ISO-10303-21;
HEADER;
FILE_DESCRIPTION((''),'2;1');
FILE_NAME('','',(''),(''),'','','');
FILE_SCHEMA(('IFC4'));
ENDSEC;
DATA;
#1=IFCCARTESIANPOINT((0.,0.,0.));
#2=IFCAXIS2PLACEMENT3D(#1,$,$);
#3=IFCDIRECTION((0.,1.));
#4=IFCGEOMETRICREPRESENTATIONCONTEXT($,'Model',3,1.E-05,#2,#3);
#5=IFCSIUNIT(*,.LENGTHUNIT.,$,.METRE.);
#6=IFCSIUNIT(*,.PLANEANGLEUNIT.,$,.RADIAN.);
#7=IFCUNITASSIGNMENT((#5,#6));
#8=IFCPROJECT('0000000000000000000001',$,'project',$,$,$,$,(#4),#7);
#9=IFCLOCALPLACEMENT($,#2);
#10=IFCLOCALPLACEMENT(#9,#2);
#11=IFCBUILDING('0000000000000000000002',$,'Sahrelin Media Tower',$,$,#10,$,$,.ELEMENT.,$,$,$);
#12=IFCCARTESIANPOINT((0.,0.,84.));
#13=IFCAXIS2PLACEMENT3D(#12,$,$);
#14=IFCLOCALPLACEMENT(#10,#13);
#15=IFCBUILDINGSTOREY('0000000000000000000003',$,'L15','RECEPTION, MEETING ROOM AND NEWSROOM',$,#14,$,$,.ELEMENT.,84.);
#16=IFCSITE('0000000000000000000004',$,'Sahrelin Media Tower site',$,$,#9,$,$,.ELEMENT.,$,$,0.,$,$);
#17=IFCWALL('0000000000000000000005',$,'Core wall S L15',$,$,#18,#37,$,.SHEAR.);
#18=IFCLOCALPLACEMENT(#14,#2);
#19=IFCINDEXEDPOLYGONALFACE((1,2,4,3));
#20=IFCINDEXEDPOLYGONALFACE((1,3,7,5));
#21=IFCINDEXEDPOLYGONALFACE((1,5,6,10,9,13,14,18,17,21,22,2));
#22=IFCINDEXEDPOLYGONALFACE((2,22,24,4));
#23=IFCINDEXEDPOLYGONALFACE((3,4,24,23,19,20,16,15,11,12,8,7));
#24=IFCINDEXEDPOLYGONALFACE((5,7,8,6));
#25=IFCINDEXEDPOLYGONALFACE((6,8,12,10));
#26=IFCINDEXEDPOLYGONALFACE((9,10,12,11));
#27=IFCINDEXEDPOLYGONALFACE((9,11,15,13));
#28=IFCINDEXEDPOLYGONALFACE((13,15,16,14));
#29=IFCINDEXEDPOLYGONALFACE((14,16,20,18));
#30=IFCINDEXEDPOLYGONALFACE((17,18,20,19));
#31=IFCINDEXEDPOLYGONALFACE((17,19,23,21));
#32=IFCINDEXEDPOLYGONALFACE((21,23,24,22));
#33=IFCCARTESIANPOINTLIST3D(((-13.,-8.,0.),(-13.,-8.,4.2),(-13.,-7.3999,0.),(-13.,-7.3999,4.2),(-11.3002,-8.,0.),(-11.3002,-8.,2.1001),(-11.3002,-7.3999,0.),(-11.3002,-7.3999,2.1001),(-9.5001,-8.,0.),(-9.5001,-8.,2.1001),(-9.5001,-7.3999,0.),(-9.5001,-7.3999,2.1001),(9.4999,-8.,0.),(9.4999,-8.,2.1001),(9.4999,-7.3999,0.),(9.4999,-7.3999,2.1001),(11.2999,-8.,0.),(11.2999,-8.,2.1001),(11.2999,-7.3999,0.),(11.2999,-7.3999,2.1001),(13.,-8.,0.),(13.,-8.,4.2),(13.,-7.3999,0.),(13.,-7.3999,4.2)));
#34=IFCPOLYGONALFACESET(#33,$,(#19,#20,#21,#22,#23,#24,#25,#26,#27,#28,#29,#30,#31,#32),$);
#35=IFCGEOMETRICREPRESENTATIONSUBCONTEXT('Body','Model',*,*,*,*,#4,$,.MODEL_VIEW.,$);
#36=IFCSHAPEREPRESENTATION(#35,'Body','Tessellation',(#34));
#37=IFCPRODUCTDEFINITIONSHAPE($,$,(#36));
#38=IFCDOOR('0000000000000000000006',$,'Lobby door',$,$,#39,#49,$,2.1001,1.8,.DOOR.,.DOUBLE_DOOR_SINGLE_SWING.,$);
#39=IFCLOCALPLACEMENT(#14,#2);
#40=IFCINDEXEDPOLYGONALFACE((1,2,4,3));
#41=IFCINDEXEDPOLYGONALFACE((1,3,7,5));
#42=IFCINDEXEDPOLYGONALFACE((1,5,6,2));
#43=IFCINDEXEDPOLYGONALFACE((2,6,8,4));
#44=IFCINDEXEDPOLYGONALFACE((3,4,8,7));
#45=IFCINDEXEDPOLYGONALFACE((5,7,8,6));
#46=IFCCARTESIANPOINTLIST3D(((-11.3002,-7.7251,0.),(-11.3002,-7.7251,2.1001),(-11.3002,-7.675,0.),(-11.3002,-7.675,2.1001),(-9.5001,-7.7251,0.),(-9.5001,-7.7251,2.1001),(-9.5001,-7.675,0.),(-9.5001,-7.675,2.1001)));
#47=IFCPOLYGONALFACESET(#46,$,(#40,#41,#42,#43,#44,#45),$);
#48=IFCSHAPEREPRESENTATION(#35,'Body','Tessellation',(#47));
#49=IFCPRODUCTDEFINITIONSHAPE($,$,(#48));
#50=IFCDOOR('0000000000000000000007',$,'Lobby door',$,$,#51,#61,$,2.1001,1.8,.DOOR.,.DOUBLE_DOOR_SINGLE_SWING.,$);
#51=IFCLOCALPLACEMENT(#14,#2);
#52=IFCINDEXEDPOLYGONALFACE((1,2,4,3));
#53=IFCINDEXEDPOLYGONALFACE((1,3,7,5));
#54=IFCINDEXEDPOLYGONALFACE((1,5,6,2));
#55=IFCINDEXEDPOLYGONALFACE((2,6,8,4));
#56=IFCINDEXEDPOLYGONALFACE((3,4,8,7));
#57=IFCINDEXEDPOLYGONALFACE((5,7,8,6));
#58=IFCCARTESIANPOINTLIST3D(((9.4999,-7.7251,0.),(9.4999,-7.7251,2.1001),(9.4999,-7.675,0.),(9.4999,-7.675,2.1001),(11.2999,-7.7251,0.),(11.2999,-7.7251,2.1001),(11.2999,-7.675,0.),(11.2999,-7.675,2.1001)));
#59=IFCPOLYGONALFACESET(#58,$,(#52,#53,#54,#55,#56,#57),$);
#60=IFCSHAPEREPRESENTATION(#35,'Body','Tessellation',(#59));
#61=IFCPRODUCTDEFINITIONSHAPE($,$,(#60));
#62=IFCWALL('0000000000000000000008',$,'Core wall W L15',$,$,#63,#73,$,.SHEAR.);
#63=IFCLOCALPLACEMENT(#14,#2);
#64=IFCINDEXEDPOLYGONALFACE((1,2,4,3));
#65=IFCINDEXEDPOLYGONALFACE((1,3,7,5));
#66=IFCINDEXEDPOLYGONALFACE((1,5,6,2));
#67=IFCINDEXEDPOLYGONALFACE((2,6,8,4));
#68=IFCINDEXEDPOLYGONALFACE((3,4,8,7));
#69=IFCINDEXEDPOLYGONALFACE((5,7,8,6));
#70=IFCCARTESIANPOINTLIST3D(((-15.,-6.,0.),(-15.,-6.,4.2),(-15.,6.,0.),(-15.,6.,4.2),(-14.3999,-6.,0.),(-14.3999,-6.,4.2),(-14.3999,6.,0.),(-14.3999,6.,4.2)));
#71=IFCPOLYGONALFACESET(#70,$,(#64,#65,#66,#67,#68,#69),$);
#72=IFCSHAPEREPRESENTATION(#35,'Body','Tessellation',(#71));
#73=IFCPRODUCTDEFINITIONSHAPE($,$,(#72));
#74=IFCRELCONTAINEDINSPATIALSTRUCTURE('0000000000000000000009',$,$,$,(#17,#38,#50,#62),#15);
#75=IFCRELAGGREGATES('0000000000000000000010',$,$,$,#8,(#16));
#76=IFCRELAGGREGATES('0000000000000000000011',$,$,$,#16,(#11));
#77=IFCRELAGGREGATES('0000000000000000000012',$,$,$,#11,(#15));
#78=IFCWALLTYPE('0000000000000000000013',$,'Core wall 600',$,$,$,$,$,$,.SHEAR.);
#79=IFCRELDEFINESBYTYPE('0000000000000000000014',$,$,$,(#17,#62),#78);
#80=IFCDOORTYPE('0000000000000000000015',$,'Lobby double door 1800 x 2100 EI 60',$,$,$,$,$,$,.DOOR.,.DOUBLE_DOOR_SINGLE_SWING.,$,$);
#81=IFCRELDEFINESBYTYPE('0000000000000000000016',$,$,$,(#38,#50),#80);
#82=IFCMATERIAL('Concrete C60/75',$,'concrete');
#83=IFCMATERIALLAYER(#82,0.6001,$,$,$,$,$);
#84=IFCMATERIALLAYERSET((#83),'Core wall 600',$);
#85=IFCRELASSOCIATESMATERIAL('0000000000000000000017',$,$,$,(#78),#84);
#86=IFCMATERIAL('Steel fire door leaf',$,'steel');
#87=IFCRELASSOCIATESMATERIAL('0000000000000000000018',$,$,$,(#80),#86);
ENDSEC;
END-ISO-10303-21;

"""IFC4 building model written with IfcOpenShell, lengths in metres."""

from ifc_helpers import new_model, si_unit, direction, frame, frame_2d, origin, place, context, subcontext, project, spatial, rectangle, extrude, material, layer, layer_set, type_object, element, fill, save


model = new_model("IFC4")

# Units and contexts
model_context = context("Model", 3, precision=1e-05, world=origin(), true_north=direction((0.0, 1.0)))
body_context = subcontext(model_context, "Body", "Model", "MODEL_VIEW")
ifc_project = project(units=[si_unit("LENGTHUNIT", "METRE"), si_unit("PLANEANGLEUNIT", "RADIAN")], contexts=[model_context])

# Site, building, storey
site_placement = place(None, origin())
site = spatial("IfcSite", under=ifc_project, at=site_placement, Name="Sahrelin Media Tower site", CompositionType="ELEMENT", RefElevation=0.0)
building_placement = place(site_placement, origin())
building = spatial("IfcBuilding", under=site, at=building_placement, Name="Sahrelin Media Tower", CompositionType="ELEMENT")
storey_placement = place(building_placement, frame((0.0, 0.0, 84.0)))
storey = spatial("IfcBuildingStorey", under=building, at=storey_placement, Name="L15", Description="RECEPTION, MEETING ROOM AND NEWSROOM", CompositionType="ELEMENT", Elevation=84.0)

# Wall, openings, doors
ifc_material_1 = material(Name="Concrete C60/75", Category="concrete")
ifc_layer_1 = layer(ifc_material_1, 0.6001)
ifc_layer_set_1 = layer_set([ifc_layer_1], Name="Core wall 600")
wall_type_1 = type_object("IfcWallType", Name="Core wall 600", PredefinedType="SHEAR", material=ifc_layer_set_1)
wall_1_placement = place(storey_placement, frame((-13.0, -7.7, 0.0), z_axis=(0.0, 0.0, 1.0), x_axis=(1.0, 0.0, 0.0)))
wall_1 = element("IfcWall", 1, at=wall_1_placement, inside=storey, type_object=wall_type_1, Name="Core wall S L15", PredefinedType="SHEAR", context=body_context, shape_type="SweptSolid", body=[
    extrude(rectangle(XDim=26.0, YDim=0.6001, at=frame_2d((13.0, 0.0))), origin(), (0.0, 0.0, 1.0), 4.2),
])
opening_1_placement = place(wall_1_placement, frame((1.7, 0.0, 0.0)))
opening_1 = element("IfcOpeningElement", 2, at=opening_1_placement, cuts=wall_1, PredefinedType="OPENING", context=body_context, shape_type="SweptSolid", body=[
    extrude(rectangle(XDim=1.8, YDim=2.1001, at=frame_2d((0.8999, 1.05))), frame((0.0, 0.3, 0.0), z_axis=(0.0, -1.0, 0.0), x_axis=(1.0, 0.0, 0.0)), (0.0, 0.0, 1.0), 0.6001),
])
opening_2_placement = place(wall_1_placement, frame((22.5, 0.0, 0.0)))
opening_2 = element("IfcOpeningElement", 3, at=opening_2_placement, cuts=wall_1, PredefinedType="OPENING", context=body_context, shape_type="SweptSolid", body=[
    extrude(rectangle(XDim=1.8, YDim=2.1001, at=frame_2d((0.8999, 1.05))), frame((0.0, 0.3, 0.0), z_axis=(0.0, -1.0, 0.0), x_axis=(1.0, 0.0, 0.0)), (0.0, 0.0, 1.0), 0.6001),
])
ifc_material_2 = material(Name="Steel fire door leaf", Category="steel")
door_type_1 = type_object("IfcDoorType", Name="Lobby double door 1800 x 2100 EI 60", OperationType="DOUBLE_DOOR_SINGLE_SWING", PredefinedType="DOOR", material=ifc_material_2)
door_1_placement = place(opening_1_placement, origin())
door_1 = element("IfcDoor", 4, at=door_1_placement, inside=storey, type_object=door_type_1, Name="Lobby door", OperationType="DOUBLE_DOOR_SINGLE_SWING", OverallHeight=2.1001, OverallWidth=1.8, PredefinedType="DOOR", context=body_context, shape_type="SweptSolid", body=[
    extrude(rectangle(XDim=1.8, YDim=2.1001, at=frame_2d((0.8999, 1.05))), frame((0.0, 0.0249, 0.0), z_axis=(0.0, -1.0, 0.0), x_axis=(1.0, 0.0, 0.0)), (0.0, 0.0, 1.0), 0.05),
])
fill(opening_1, door_1)
door_2_placement = place(opening_2_placement, origin())
door_2 = element("IfcDoor", 5, at=door_2_placement, inside=storey, type_object=door_type_1, Name="Lobby door", OperationType="DOUBLE_DOOR_SINGLE_SWING", OverallHeight=2.1001, OverallWidth=1.8, PredefinedType="DOOR", context=body_context, shape_type="SweptSolid", body=[
    extrude(rectangle(XDim=1.8, YDim=2.1001, at=frame_2d((0.8999, 1.05))), frame((0.0, 0.0249, 0.0), z_axis=(0.0, -1.0, 0.0), x_axis=(1.0, 0.0, 0.0)), (0.0, 0.0, 1.0), 0.05),
])
fill(opening_2, door_2)

# Wall
wall_2_placement = place(storey_placement, frame((-14.7, -6.0, 0.0), z_axis=(0.0, 0.0, 1.0), x_axis=(0.0, 1.0, 0.0)))
element("IfcWall", 6, at=wall_2_placement, inside=storey, type_object=wall_type_1, Name="Core wall W L15", PredefinedType="SHEAR", context=body_context, shape_type="SweptSolid", body=[
    extrude(rectangle(XDim=12.0, YDim=0.6001, at=frame_2d((6.0, 0.0))), origin(), (0.0, 0.0, 1.0), 4.2),
])

save(model, "model.ifc")
